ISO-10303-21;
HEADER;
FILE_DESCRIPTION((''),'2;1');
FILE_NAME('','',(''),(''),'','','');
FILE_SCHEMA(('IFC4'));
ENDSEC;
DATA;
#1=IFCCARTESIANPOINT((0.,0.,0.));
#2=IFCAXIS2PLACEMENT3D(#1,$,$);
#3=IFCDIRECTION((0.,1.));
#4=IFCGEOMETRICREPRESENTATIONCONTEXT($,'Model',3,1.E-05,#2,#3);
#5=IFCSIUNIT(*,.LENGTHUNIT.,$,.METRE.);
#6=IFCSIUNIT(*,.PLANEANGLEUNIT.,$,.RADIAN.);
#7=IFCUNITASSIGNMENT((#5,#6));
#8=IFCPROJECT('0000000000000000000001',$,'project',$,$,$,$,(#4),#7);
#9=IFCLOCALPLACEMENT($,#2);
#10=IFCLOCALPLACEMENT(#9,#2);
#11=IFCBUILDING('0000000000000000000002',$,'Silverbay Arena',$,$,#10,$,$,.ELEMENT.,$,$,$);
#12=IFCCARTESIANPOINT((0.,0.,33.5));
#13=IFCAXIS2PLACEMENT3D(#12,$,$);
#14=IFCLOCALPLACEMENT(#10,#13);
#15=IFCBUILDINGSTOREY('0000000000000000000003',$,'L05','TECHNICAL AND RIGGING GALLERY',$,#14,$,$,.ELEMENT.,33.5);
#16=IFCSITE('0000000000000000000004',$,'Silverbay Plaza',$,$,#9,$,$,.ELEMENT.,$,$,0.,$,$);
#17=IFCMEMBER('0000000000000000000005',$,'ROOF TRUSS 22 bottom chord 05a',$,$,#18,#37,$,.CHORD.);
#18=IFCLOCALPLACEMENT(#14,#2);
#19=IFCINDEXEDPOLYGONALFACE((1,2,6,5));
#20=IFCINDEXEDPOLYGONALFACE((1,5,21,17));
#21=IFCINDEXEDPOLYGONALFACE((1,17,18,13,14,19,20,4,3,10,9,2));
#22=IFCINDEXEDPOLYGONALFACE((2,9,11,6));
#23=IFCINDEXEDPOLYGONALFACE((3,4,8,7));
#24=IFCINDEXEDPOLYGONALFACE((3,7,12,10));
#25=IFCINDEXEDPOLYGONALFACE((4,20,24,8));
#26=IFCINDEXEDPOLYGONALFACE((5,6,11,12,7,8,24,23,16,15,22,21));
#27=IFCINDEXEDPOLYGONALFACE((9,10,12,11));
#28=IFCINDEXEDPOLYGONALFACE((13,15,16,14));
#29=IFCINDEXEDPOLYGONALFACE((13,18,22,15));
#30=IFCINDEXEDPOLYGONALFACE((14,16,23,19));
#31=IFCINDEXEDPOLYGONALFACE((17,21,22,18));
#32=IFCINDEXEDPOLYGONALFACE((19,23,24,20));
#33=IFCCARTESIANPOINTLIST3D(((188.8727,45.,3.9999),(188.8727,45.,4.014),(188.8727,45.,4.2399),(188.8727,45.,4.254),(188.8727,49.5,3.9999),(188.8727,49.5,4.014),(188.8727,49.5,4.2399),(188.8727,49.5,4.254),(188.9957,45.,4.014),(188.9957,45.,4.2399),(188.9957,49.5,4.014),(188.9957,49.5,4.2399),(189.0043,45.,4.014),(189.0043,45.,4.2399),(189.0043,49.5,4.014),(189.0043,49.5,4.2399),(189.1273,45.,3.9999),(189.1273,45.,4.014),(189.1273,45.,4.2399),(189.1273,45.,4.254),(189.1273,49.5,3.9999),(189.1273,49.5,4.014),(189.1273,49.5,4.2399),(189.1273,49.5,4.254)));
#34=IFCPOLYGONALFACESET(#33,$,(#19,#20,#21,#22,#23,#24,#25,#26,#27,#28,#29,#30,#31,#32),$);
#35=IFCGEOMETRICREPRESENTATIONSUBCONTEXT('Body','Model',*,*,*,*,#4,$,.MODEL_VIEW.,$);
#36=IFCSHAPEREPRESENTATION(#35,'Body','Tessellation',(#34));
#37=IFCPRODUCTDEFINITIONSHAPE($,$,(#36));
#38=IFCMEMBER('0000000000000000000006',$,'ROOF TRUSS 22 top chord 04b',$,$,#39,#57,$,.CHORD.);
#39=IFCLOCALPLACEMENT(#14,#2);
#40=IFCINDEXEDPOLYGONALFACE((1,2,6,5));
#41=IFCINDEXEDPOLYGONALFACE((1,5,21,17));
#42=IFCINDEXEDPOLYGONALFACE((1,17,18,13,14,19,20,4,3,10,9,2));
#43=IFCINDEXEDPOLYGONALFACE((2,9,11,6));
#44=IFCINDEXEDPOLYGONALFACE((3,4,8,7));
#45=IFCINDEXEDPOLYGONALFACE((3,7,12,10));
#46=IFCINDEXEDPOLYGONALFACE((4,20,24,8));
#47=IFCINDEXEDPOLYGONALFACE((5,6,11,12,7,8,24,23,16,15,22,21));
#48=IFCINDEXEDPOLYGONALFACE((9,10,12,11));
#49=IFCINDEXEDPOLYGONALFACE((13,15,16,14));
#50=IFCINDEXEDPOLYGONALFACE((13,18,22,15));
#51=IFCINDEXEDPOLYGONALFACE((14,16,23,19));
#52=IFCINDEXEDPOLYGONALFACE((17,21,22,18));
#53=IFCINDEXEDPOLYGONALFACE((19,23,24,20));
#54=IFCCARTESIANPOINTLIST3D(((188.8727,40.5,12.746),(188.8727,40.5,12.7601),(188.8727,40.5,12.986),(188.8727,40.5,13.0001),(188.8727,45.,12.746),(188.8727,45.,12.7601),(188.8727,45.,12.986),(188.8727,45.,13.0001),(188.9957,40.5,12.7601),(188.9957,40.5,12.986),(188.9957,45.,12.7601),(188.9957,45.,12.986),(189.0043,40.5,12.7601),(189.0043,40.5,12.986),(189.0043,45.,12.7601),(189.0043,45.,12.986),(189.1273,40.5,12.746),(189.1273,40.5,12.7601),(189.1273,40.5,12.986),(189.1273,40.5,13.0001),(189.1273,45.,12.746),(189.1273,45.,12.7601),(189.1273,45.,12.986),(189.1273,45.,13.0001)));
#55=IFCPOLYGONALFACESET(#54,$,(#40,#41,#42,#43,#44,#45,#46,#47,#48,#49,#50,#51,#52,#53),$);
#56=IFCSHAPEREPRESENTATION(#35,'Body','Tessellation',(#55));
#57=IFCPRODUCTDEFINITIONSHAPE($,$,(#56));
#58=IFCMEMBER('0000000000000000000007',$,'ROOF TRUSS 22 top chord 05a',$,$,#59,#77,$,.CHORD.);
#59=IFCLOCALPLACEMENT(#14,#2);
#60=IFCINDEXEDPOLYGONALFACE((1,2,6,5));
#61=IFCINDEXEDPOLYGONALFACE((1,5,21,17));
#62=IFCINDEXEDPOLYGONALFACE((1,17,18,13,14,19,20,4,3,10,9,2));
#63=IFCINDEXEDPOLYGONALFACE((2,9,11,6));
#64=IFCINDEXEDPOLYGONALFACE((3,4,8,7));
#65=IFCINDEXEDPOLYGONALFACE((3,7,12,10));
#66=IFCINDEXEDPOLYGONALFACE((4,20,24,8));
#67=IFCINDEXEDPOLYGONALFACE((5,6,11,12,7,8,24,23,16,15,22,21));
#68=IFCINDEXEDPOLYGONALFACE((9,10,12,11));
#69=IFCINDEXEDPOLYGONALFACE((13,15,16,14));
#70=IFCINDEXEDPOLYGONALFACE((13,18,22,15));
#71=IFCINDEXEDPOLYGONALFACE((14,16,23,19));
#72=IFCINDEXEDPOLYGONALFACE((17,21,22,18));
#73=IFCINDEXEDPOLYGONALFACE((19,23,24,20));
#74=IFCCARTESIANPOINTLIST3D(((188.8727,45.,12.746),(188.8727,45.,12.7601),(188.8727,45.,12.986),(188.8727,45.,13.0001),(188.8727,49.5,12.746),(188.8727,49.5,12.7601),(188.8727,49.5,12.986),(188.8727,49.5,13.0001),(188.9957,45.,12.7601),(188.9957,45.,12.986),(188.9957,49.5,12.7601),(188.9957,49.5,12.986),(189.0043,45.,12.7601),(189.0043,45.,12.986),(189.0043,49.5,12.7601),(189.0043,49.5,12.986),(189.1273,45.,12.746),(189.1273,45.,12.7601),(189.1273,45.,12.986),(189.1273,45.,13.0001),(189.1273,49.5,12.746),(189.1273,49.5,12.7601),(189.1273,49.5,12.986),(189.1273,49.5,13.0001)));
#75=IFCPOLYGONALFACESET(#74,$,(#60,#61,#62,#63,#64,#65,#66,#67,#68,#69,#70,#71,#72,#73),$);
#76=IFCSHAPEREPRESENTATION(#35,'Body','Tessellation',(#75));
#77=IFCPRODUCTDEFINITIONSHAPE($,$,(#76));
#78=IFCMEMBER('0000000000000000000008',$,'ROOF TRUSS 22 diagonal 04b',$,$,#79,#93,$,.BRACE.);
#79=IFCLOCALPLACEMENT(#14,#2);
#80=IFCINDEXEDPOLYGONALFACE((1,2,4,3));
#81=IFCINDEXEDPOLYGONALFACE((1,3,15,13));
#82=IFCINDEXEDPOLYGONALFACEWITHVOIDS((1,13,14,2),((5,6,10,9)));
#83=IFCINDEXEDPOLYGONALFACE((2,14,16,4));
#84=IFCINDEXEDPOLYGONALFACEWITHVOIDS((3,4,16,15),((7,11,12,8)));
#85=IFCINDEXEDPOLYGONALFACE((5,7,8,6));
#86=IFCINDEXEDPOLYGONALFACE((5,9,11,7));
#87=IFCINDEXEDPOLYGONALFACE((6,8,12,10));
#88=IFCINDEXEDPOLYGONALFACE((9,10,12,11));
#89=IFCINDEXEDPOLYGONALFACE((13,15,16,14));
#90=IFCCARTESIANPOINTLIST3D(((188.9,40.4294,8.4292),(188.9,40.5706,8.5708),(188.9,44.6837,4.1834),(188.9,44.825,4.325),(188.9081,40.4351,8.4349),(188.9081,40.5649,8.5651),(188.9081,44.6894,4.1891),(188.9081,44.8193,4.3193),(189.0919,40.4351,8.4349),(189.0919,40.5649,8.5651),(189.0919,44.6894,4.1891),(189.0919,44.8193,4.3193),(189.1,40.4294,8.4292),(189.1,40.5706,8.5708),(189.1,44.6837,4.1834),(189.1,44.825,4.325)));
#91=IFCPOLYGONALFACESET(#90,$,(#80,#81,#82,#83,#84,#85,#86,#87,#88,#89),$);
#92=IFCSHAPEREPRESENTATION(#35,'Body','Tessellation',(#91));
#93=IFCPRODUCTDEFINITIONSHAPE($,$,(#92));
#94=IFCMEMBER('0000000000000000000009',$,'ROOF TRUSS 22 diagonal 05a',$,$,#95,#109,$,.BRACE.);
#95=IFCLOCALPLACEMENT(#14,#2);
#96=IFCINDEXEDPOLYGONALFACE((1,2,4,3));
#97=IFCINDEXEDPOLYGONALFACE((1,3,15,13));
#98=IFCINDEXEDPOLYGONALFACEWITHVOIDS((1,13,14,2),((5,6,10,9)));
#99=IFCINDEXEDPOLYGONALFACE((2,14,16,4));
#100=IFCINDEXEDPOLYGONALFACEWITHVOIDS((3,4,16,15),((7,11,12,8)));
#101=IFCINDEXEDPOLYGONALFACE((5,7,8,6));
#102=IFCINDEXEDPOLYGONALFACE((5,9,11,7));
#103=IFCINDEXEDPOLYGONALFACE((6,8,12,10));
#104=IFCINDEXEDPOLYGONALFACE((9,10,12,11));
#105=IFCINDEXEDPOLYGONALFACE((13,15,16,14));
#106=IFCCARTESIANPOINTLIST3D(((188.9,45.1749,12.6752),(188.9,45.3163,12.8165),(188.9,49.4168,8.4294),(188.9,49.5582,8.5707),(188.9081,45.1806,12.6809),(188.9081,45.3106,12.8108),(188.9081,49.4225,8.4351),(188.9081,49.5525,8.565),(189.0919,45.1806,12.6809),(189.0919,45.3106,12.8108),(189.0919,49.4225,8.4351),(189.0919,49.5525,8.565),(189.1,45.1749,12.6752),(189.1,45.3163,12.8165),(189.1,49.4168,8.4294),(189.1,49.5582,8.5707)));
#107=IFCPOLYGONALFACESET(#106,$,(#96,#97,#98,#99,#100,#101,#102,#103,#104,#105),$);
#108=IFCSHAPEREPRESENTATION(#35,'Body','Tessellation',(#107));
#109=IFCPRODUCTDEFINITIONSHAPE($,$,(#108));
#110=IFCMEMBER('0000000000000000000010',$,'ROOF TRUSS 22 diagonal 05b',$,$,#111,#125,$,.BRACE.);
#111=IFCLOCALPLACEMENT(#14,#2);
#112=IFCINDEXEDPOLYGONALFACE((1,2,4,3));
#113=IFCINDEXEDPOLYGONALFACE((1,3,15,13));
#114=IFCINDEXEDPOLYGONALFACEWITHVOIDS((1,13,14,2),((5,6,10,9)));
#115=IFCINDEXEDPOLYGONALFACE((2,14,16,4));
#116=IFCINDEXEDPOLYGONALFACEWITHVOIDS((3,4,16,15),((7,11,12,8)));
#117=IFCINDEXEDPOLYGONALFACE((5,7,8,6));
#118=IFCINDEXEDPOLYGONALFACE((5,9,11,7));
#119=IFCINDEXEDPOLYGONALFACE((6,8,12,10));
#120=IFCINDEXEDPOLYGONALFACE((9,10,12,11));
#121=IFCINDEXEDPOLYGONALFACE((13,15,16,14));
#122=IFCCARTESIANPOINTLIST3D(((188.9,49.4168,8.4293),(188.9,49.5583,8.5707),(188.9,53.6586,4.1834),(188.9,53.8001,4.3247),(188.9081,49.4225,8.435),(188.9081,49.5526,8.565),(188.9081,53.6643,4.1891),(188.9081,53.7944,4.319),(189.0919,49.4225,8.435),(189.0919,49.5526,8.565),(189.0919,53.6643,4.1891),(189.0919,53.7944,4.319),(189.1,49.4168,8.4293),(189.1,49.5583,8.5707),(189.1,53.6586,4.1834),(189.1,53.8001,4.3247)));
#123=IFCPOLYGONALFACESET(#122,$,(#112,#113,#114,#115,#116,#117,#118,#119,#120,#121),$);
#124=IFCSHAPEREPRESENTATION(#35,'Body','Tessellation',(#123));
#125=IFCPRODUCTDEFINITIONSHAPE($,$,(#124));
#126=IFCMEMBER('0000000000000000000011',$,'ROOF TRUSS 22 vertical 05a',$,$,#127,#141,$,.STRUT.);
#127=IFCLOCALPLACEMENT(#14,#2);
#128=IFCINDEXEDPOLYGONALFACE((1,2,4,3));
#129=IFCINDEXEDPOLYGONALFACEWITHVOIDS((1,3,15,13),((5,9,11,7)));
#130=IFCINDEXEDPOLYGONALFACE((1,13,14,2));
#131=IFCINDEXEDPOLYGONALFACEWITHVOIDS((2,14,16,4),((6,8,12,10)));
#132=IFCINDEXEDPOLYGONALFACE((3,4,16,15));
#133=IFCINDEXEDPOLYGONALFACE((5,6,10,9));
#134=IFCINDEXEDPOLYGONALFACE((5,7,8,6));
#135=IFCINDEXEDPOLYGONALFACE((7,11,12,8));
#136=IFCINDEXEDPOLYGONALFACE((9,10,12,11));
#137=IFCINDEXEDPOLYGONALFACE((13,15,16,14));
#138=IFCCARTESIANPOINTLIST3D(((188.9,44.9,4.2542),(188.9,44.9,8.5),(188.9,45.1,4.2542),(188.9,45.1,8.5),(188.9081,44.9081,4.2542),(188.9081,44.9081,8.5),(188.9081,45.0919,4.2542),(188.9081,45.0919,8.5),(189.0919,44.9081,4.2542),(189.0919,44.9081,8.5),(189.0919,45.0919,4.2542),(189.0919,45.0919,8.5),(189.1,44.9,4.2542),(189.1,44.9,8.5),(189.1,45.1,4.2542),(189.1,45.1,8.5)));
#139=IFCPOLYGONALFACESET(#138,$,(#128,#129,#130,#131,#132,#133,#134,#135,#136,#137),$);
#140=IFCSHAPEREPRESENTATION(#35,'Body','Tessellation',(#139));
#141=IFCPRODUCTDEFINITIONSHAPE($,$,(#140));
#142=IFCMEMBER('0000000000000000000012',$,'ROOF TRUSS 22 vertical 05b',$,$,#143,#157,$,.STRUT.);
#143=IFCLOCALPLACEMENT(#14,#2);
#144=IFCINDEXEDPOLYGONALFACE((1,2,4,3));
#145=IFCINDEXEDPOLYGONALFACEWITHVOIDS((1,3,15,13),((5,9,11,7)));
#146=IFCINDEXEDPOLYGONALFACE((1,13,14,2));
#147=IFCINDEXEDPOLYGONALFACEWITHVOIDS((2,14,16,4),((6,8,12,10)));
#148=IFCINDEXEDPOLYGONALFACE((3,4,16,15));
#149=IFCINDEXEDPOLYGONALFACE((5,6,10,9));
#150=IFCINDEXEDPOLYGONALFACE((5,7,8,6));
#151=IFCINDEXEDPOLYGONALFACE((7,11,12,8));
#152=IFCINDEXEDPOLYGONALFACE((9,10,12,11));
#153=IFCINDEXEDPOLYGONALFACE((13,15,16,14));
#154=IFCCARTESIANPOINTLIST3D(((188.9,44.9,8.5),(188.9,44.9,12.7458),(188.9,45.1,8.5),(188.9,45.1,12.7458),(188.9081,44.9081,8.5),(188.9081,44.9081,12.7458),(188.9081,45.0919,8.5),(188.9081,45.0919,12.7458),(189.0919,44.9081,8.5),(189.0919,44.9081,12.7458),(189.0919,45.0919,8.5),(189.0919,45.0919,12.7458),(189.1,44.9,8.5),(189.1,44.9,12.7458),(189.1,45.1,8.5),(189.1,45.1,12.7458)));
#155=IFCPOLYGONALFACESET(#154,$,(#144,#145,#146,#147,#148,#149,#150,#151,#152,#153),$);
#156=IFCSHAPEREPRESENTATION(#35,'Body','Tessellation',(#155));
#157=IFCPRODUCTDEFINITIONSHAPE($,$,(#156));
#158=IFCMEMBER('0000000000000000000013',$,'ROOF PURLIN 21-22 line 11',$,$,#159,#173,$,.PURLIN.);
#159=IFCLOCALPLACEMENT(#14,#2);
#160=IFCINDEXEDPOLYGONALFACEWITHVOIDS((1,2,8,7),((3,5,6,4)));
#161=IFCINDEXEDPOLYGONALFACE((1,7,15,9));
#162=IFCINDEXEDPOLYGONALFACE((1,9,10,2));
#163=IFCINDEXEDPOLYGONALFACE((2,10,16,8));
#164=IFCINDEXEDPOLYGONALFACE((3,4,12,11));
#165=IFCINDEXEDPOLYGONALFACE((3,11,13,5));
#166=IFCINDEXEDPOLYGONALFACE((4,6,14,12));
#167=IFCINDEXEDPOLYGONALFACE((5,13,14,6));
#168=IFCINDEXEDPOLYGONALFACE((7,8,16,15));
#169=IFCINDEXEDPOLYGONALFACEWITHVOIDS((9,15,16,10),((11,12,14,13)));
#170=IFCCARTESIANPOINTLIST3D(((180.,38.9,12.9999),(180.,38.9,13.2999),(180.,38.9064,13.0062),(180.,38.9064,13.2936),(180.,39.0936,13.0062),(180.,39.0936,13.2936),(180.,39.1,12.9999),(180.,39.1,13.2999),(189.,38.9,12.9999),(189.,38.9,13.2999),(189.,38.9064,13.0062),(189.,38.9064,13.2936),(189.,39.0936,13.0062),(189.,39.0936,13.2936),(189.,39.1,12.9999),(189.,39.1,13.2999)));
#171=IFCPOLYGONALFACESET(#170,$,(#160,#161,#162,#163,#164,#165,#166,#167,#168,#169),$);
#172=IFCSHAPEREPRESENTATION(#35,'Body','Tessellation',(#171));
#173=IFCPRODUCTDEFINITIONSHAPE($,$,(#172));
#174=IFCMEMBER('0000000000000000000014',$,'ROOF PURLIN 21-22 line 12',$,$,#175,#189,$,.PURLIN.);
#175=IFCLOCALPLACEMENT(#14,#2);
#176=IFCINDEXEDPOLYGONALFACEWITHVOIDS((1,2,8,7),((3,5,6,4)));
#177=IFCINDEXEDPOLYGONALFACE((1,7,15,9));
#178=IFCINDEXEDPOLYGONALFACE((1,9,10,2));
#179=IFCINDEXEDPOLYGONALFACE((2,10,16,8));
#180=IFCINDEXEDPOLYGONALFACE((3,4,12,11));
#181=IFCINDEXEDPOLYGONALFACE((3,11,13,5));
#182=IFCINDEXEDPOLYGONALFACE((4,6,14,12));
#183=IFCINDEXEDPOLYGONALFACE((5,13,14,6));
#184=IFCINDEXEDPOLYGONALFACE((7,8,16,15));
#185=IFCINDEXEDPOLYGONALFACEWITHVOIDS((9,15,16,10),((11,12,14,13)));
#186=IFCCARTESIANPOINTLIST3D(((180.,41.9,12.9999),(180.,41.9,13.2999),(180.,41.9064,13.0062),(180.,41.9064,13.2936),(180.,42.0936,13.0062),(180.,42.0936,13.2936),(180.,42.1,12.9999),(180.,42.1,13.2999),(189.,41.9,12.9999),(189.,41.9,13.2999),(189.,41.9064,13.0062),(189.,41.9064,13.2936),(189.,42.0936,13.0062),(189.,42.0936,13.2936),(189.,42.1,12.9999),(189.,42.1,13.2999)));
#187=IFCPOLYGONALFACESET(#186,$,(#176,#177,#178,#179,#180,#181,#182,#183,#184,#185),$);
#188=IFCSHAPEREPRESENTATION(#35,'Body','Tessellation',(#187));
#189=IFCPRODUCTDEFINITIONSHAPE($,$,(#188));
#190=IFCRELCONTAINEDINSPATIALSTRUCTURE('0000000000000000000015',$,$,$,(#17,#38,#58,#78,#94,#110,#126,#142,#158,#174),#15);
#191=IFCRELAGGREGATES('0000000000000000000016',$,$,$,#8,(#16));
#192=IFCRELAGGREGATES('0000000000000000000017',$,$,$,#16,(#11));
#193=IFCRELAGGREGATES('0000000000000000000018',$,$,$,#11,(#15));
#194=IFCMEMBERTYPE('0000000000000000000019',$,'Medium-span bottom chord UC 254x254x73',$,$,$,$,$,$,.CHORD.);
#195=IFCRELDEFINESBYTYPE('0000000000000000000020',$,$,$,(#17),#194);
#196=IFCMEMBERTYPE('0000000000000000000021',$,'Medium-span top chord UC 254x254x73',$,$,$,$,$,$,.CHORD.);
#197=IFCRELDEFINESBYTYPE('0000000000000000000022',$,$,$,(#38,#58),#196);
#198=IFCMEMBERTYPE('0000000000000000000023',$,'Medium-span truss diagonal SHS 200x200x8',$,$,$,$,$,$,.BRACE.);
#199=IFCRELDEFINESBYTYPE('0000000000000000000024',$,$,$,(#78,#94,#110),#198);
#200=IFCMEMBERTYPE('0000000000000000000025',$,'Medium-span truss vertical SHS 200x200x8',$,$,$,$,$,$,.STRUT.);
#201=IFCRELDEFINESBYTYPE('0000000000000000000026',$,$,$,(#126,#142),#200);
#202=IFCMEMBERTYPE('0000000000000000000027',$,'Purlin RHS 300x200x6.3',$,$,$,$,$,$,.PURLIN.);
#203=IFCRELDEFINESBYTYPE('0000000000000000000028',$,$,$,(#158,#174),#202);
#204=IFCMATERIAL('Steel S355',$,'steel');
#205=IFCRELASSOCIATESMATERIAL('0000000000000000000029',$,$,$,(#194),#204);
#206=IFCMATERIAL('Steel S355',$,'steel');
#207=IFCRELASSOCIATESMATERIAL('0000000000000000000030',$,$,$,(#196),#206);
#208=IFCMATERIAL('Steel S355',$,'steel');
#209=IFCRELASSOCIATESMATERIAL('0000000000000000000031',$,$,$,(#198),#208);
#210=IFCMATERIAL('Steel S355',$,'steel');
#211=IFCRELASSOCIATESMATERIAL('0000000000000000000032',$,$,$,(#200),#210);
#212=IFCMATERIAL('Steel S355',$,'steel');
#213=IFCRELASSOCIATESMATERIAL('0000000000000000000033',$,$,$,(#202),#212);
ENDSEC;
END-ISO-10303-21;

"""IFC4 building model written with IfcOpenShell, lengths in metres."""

from ifc_helpers import new_model, si_unit, direction, frame, origin, origin_2d, place, context, subcontext, project, spatial, hollow_rectangle, i_section, extrude, material, material_profile, profile_set, type_object, element, save


model = new_model("IFC4")

# Units and contexts
model_context = context("Model", 3, precision=1e-05, world=origin(), true_north=direction((0.0, 1.0)))
body_context = subcontext(model_context, "Body", "Model", "MODEL_VIEW")
ifc_project = project(units=[si_unit("LENGTHUNIT", "METRE"), si_unit("PLANEANGLEUNIT", "RADIAN")], contexts=[model_context])

# Site, building, storey
site_placement = place(None, origin())
site = spatial("IfcSite", under=ifc_project, at=site_placement, Name="Silverbay Plaza", CompositionType="ELEMENT", RefElevation=0.0)
building_placement = place(site_placement, origin())
building = spatial("IfcBuilding", under=site, at=building_placement, Name="Silverbay Arena", CompositionType="ELEMENT")
storey_placement = place(building_placement, frame((0.0, 0.0, 33.5)))
storey = spatial("IfcBuildingStorey", under=building, at=storey_placement, Name="L05", Description="TECHNICAL AND RIGGING GALLERY", CompositionType="ELEMENT", Elevation=33.5)

# Members
ifc_material_1 = material(Name="Steel S355", Category="steel")
ifc_material_profile_1 = material_profile(ifc_material_1, i_section(OverallWidth=0.2546, OverallDepth=0.2542, WebThickness=0.0085, FlangeThickness=0.0142, at=origin_2d()), Name="UC 254x254x73")
ifc_profile_set_1 = profile_set([ifc_material_profile_1], Name="Steel S355")
member_type_1 = type_object("IfcMemberType", Name="Medium-span bottom chord UC 254x254x73", PredefinedType="CHORD", material=ifc_profile_set_1)
for number, where, z_axis, x_axis, name in (
    (1, (189.0, 45.0, 4.127), (0.0, 1.0, 0.0), (-1.0, 0.0, 0.0), "ROOF TRUSS 22 bottom chord 05a"),
):
    element("IfcMember", number, at=place(storey_placement, frame(where, z_axis=z_axis, x_axis=x_axis)), inside=storey, type_object=member_type_1, Name=name, PredefinedType="CHORD", context=body_context, shape_type="SweptSolid", body=[
        extrude(i_section(OverallWidth=0.2546, OverallDepth=0.2542, WebThickness=0.0085, FlangeThickness=0.0142, at=origin_2d()), origin(), (0.0, 0.0, 1.0), 4.5),
    ])
ifc_material_2 = material(Name="Steel S355", Category="steel")
ifc_material_profile_2 = material_profile(ifc_material_2, i_section(OverallWidth=0.2546, OverallDepth=0.2542, WebThickness=0.0085, FlangeThickness=0.0142, at=origin_2d()), Name="UC 254x254x73")
ifc_profile_set_2 = profile_set([ifc_material_profile_2], Name="Steel S355")
member_type_2 = type_object("IfcMemberType", Name="Medium-span top chord UC 254x254x73", PredefinedType="CHORD", material=ifc_profile_set_2)
for number, where, z_axis, x_axis, name in (
    (2, (189.0, 40.5, 12.873), (0.0, 1.0, 0.0), (-1.0, 0.0, 0.0), "ROOF TRUSS 22 top chord 04b"),
    (3, (189.0, 45.0, 12.873), (0.0, 1.0, 0.0), (-1.0, 0.0, 0.0), "ROOF TRUSS 22 top chord 05a"),
):
    element("IfcMember", number, at=place(storey_placement, frame(where, z_axis=z_axis, x_axis=x_axis)), inside=storey, type_object=member_type_2, Name=name, PredefinedType="CHORD", context=body_context, shape_type="SweptSolid", body=[
        extrude(i_section(OverallWidth=0.2546, OverallDepth=0.2542, WebThickness=0.0085, FlangeThickness=0.0142, at=origin_2d()), origin(), (0.0, 0.0, 1.0), 4.5),
    ])
ifc_material_3 = material(Name="Steel S355", Category="steel")
ifc_material_profile_3 = material_profile(ifc_material_3, hollow_rectangle(XDim=0.2, YDim=0.2, WallThickness=0.0081, at=origin_2d()), Name="SHS 200x200x8")
ifc_profile_set_3 = profile_set([ifc_material_profile_3], Name="Steel S355")
member_type_3 = type_object("IfcMemberType", Name="Medium-span truss diagonal SHS 200x200x8", PredefinedType="BRACE", material=ifc_profile_set_3)
member_1_placement = place(storey_placement, frame((189.0, 40.5, 8.5), z_axis=(0.0, 0.707817, -0.706396), x_axis=(-1.0, 0.0, 0.0)))
element("IfcMember", 4, at=member_1_placement, inside=storey, type_object=member_type_3, Name="ROOF TRUSS 22 diagonal 04b", PredefinedType="BRACE", context=body_context, shape_type="SweptSolid", body=[
    extrude(hollow_rectangle(XDim=0.2, YDim=0.2, WallThickness=0.0081, at=origin_2d()), origin(), (0.0, 0.0, 1.0), 6.0105),
])
for number, where, z_axis, x_axis, name in (
    (5, (189.0, 45.2456, 12.7458), (0.0, 0.706781, -0.707432), (-1.0, 0.0, 0.0), "ROOF TRUSS 22 diagonal 05a"),
    (6, (189.0, 49.4875, 8.5), (0.0, 0.706761, -0.707452), (-1.0, 0.0, 0.0), "ROOF TRUSS 22 diagonal 05b"),
):
    element("IfcMember", number, at=place(storey_placement, frame(where, z_axis=z_axis, x_axis=x_axis)), inside=storey, type_object=member_type_3, Name=name, PredefinedType="BRACE", context=body_context, shape_type="SweptSolid", body=[
        extrude(hollow_rectangle(XDim=0.2, YDim=0.2, WallThickness=0.0081, at=origin_2d()), origin(), (0.0, 0.0, 1.0), 6.0017),
    ])
ifc_material_4 = material(Name="Steel S355", Category="steel")
ifc_material_profile_4 = material_profile(ifc_material_4, hollow_rectangle(XDim=0.2, YDim=0.2, WallThickness=0.0081, at=origin_2d()), Name="SHS 200x200x8")
ifc_profile_set_4 = profile_set([ifc_material_profile_4], Name="Steel S355")
member_type_4 = type_object("IfcMemberType", Name="Medium-span truss vertical SHS 200x200x8", PredefinedType="STRUT", material=ifc_profile_set_4)
for number, where, z_axis, x_axis, name in (
    (7, (189.0, 45.0, 4.2542), (0.0, 0.0, 1.0), (1.0, 0.0, 0.0), "ROOF TRUSS 22 vertical 05a"),
    (8, (189.0, 45.0, 8.5), (0.0, 0.0, 1.0), (1.0, 0.0, 0.0), "ROOF TRUSS 22 vertical 05b"),
):
    element("IfcMember", number, at=place(storey_placement, frame(where, z_axis=z_axis, x_axis=x_axis)), inside=storey, type_object=member_type_4, Name=name, PredefinedType="STRUT", context=body_context, shape_type="SweptSolid", body=[
        extrude(hollow_rectangle(XDim=0.2, YDim=0.2, WallThickness=0.0081, at=origin_2d()), origin(), (0.0, 0.0, 1.0), 4.2458),
    ])
ifc_material_5 = material(Name="Steel S355", Category="steel")
ifc_material_profile_5 = material_profile(ifc_material_5, hollow_rectangle(XDim=0.2, YDim=0.3, WallThickness=0.0063, at=origin_2d()), Name="RHS 300x200x6.3")
ifc_profile_set_5 = profile_set([ifc_material_profile_5], Name="Steel S355")
member_type_5 = type_object("IfcMemberType", Name="Purlin RHS 300x200x6.3", PredefinedType="PURLIN", material=ifc_profile_set_5)
for number, where, z_axis, x_axis, name in (
    (9, (180.0, 39.0, 13.1499), (1.0, 0.0, 0.0), (0.0, 1.0, 0.0), "ROOF PURLIN 21-22 line 11"),
    (10, (180.0, 42.0, 13.1499), (1.0, 0.0, 0.0), (0.0, 1.0, 0.0), "ROOF PURLIN 21-22 line 12"),
):
    element("IfcMember", number, at=place(storey_placement, frame(where, z_axis=z_axis, x_axis=x_axis)), inside=storey, type_object=member_type_5, Name=name, PredefinedType="PURLIN", context=body_context, shape_type="SweptSolid", body=[
        extrude(hollow_rectangle(XDim=0.2, YDim=0.3, WallThickness=0.0063, at=origin_2d()), origin(), (0.0, 0.0, 1.0), 9.0),
    ])

save(model, "model.ifc")
